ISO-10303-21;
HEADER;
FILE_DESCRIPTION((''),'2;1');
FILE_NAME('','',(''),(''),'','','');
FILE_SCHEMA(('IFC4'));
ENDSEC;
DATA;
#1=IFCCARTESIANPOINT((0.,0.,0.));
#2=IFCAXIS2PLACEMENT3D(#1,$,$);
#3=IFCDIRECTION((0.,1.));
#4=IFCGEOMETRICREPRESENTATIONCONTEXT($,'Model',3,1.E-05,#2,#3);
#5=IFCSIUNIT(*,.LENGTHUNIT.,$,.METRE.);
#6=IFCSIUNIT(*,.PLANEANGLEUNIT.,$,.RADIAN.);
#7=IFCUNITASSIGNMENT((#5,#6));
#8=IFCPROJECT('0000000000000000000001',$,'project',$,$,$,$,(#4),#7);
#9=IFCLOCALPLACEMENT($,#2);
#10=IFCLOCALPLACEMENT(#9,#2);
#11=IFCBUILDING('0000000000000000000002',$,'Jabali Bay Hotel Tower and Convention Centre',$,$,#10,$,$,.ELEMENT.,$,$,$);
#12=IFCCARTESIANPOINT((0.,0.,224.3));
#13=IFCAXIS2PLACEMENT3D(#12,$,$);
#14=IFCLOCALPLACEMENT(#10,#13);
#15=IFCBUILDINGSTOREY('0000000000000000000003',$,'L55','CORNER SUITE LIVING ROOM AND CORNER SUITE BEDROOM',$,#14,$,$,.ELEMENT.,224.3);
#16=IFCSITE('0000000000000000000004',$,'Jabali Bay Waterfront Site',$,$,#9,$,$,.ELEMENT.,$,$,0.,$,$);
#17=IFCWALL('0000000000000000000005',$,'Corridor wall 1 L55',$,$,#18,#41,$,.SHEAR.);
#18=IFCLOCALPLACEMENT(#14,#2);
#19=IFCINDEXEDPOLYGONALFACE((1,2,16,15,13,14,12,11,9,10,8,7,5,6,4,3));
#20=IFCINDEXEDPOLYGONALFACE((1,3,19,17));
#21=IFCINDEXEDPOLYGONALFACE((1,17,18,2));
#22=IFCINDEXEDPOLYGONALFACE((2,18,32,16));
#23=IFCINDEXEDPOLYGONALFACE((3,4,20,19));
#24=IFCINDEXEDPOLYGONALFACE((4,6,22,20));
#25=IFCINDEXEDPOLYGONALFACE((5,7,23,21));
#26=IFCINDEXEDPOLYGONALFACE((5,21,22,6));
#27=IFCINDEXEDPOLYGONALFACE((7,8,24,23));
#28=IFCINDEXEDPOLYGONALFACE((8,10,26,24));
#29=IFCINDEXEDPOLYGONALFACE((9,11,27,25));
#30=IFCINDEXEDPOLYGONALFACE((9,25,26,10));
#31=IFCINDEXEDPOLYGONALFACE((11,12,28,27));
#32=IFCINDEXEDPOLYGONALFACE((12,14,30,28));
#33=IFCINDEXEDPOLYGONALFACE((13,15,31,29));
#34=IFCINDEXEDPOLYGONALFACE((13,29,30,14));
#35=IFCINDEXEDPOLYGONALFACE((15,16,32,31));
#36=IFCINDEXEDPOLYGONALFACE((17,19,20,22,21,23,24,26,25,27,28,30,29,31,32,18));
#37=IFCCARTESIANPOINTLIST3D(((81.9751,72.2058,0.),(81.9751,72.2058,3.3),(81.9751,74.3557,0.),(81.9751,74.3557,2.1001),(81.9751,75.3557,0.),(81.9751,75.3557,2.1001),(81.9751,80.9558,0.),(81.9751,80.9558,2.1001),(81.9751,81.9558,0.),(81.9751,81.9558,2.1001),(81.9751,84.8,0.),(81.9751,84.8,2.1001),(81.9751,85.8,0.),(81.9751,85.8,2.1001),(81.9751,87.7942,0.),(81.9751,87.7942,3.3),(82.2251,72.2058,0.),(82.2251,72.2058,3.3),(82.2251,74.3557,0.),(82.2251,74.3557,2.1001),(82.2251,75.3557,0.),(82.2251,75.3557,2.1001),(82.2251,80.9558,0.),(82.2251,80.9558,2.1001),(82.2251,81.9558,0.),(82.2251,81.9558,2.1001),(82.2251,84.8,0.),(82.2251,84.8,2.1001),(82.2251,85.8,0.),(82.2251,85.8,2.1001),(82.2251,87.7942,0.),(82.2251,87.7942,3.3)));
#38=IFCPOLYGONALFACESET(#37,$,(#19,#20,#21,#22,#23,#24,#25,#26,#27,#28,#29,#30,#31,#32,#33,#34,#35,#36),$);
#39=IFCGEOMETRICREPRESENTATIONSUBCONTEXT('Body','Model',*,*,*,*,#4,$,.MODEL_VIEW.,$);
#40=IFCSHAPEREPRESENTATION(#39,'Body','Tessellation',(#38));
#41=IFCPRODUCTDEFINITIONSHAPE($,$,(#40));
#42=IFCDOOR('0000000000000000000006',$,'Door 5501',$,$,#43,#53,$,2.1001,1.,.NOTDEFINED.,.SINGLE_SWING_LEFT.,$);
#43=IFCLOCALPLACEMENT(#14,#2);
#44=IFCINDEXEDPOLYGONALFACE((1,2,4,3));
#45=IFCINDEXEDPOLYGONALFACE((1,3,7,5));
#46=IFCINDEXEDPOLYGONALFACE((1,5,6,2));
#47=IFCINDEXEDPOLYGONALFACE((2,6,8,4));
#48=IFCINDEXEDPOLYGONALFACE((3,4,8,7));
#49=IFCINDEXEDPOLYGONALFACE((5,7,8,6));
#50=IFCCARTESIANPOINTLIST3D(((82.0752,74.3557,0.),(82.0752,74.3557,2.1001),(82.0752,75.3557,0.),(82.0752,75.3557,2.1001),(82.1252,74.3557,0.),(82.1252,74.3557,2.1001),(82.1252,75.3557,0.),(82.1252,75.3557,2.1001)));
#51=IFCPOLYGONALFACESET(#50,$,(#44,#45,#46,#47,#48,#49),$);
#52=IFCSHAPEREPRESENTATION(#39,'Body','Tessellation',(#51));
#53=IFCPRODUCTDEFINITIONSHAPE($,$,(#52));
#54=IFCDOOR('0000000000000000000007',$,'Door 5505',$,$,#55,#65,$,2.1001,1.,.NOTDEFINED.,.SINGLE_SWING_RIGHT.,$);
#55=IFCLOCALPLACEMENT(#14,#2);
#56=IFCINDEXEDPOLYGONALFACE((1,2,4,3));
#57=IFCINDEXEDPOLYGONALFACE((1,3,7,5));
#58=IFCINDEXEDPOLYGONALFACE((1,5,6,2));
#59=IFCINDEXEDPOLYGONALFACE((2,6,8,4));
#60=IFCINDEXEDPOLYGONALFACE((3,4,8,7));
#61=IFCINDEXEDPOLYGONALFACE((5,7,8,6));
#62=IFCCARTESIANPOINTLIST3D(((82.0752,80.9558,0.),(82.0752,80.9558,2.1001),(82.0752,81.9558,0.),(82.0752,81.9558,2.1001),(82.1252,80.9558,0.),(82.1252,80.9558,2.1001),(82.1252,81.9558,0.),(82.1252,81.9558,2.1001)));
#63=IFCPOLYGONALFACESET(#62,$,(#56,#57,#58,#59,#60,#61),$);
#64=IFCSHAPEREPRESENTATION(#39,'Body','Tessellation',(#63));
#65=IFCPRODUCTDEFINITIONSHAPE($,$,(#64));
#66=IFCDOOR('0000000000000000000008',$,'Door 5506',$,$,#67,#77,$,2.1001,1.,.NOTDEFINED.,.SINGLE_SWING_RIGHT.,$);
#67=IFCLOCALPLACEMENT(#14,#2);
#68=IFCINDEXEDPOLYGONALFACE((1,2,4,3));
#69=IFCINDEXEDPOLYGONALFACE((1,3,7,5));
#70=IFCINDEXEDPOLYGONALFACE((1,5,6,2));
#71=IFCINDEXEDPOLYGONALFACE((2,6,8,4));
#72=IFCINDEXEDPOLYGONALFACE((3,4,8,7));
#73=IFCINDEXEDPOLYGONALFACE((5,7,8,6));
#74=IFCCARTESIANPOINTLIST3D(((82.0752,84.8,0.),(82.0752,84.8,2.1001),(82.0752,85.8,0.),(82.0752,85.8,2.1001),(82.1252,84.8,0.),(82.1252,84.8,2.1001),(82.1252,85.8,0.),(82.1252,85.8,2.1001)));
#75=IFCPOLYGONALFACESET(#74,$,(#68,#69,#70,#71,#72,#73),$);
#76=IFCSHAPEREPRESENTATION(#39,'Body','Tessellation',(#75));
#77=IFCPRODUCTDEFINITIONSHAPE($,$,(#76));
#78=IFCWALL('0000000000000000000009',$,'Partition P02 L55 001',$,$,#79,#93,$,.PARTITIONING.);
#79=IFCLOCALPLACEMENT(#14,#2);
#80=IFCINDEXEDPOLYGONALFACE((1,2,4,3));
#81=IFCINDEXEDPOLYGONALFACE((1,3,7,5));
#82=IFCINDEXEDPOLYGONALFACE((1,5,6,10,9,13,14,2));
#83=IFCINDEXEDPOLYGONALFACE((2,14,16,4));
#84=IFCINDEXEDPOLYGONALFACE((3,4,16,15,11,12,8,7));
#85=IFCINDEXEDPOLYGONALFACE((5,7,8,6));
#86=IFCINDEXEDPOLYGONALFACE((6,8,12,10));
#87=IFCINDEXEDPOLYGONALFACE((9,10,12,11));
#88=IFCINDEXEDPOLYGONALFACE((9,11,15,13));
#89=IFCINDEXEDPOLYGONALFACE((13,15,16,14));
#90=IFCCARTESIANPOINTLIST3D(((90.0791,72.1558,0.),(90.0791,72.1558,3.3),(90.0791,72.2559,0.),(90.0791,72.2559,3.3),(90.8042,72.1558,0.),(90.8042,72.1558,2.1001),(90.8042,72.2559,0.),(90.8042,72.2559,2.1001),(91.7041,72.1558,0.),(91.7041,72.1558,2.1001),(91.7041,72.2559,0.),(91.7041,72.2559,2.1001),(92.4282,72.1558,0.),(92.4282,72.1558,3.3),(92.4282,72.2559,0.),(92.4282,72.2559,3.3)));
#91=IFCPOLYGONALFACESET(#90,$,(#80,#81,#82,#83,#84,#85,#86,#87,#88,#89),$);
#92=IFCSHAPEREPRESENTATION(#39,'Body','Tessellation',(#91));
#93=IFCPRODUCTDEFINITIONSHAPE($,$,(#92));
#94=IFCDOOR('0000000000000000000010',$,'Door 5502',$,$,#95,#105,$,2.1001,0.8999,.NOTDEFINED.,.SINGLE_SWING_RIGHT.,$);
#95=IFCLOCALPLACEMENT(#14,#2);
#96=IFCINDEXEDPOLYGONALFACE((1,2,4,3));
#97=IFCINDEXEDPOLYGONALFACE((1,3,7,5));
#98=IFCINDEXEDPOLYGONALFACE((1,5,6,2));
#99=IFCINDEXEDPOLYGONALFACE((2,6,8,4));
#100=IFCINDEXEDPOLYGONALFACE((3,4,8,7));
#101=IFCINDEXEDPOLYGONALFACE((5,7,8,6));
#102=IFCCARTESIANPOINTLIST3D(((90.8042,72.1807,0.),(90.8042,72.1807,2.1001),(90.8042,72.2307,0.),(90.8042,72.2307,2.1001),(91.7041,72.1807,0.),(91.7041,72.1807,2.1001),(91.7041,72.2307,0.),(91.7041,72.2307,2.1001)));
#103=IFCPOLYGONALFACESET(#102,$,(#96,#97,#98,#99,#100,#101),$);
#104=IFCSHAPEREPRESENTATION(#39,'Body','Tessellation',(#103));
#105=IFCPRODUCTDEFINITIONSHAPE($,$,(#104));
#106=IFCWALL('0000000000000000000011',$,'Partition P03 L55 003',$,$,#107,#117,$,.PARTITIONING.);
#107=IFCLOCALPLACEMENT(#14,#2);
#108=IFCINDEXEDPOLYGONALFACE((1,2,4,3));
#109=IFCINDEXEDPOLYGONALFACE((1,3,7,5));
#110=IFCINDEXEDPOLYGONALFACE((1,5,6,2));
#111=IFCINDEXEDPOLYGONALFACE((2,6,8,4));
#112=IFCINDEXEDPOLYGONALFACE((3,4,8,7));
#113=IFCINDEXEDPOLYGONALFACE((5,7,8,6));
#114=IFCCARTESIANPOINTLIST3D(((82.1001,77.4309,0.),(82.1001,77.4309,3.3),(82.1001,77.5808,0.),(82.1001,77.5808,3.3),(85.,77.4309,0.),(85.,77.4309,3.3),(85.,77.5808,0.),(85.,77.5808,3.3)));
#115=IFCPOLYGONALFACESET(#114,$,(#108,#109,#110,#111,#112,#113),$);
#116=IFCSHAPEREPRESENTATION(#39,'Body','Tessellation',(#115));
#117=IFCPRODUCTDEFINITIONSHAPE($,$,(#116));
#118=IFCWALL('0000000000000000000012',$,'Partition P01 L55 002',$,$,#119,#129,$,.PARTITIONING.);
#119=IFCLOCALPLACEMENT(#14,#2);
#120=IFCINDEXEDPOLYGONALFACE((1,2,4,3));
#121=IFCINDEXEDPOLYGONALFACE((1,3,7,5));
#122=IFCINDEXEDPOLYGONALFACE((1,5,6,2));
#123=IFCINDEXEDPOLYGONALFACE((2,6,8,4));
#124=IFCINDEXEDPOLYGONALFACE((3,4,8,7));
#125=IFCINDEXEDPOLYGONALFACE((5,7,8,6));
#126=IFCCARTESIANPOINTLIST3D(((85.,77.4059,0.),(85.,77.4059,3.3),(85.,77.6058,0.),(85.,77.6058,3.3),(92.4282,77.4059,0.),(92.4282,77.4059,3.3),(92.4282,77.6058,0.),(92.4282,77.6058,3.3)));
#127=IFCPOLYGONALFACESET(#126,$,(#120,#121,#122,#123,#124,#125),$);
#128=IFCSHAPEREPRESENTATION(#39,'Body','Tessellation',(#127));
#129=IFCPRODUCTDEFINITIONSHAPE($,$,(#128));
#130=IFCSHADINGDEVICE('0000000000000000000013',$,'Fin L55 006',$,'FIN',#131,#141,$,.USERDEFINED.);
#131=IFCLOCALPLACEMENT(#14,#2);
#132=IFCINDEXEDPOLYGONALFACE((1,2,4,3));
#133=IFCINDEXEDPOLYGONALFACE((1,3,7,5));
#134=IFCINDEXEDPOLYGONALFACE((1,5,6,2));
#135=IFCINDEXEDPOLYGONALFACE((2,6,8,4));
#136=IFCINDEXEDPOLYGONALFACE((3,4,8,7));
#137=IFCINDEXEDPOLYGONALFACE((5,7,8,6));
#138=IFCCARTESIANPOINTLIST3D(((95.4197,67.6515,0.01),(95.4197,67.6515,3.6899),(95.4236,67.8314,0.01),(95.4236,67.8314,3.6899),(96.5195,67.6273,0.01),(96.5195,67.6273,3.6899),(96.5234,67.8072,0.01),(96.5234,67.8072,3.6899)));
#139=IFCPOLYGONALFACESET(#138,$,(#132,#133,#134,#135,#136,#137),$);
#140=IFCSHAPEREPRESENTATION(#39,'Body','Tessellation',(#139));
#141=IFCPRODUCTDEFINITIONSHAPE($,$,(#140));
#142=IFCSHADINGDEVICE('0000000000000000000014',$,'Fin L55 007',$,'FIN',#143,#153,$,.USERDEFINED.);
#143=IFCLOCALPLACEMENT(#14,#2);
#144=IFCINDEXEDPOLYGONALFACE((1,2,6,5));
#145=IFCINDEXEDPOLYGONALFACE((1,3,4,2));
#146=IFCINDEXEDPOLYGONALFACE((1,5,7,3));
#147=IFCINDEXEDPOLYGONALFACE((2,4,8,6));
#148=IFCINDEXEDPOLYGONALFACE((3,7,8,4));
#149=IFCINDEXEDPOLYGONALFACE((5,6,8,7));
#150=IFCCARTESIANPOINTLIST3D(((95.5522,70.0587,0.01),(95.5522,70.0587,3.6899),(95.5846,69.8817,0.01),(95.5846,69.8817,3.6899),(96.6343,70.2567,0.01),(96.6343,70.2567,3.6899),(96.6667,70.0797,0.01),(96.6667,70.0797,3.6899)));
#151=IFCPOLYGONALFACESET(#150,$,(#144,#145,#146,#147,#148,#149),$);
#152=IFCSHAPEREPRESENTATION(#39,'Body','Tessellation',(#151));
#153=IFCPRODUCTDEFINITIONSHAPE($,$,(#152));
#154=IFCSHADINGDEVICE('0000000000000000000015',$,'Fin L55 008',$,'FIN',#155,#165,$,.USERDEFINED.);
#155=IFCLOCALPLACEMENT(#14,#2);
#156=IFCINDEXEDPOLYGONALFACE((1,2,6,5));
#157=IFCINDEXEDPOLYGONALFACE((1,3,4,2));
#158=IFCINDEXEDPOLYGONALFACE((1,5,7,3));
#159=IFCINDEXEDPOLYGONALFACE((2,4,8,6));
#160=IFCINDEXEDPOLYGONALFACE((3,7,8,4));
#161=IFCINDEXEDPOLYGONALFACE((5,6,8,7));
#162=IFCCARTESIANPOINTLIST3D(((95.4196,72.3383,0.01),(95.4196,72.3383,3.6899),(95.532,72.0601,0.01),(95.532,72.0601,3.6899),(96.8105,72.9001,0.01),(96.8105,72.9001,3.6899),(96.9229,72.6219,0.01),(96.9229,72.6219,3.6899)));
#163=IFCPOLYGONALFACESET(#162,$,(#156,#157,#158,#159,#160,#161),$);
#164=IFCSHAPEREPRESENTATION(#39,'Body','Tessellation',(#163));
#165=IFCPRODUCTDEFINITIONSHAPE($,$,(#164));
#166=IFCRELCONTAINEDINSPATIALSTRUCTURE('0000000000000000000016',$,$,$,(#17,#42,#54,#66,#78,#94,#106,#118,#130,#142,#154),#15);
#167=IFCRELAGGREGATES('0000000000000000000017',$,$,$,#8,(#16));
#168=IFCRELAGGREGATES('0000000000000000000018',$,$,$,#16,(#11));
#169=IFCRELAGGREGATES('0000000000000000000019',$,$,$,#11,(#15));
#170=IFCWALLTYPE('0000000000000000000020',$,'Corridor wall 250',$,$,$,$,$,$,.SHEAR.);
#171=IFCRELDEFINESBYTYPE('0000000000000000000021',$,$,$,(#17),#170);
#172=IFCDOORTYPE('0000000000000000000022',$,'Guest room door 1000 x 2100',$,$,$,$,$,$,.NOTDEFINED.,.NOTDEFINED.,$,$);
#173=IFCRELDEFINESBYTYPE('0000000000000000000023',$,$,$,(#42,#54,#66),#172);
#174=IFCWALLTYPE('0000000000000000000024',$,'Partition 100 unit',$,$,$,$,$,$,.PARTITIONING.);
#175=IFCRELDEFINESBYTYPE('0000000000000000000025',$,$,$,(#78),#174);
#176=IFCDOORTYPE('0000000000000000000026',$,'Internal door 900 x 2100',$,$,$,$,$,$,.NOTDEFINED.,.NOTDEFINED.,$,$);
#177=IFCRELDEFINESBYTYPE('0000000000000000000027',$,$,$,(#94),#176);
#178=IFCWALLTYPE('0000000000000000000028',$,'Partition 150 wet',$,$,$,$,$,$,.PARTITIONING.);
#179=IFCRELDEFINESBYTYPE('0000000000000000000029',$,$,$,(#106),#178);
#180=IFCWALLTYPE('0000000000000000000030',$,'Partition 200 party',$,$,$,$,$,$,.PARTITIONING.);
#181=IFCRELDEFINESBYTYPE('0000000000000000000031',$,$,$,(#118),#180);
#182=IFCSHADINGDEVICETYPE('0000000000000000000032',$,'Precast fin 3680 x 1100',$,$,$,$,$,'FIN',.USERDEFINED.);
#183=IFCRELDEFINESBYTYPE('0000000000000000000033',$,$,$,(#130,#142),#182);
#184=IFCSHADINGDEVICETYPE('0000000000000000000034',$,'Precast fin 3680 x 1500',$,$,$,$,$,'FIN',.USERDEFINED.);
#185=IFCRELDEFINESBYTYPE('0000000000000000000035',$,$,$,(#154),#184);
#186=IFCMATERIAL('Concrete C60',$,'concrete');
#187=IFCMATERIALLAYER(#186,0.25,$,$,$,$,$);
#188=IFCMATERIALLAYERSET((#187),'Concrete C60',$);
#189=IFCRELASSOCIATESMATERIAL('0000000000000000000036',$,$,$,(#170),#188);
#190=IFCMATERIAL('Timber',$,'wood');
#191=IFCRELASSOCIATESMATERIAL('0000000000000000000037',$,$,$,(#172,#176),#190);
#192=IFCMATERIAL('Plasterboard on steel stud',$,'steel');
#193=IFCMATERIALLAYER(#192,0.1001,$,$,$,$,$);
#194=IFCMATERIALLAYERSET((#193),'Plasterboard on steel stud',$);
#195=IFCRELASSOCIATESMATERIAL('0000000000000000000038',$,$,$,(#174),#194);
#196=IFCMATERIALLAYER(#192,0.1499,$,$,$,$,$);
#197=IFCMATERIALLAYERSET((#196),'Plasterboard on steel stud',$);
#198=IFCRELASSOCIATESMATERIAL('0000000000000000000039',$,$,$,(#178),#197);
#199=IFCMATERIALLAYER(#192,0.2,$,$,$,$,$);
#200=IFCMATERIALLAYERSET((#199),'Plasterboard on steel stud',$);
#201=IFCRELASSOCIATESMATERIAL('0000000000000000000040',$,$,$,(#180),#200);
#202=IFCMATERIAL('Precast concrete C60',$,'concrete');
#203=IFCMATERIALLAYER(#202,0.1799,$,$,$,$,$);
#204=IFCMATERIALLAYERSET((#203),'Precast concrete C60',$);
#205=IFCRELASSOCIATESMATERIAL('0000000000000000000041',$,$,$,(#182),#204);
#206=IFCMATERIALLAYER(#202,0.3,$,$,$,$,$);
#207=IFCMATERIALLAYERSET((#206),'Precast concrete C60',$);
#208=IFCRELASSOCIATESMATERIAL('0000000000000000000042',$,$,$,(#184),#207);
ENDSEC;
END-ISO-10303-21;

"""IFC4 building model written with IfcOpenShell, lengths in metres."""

from ifc_helpers import new_model, si_unit, direction, frame, frame_2d, origin, place, context, subcontext, project, spatial, rectangle, extrude, material, layer, layer_set, type_object, element, fill, save


model = new_model("IFC4")

# Units and contexts
model_context = context("Model", 3, precision=1e-05, world=origin(), true_north=direction((0.0, 1.0)))
body_context = subcontext(model_context, "Body", "Model", "MODEL_VIEW")
ifc_project = project(units=[si_unit("LENGTHUNIT", "METRE"), si_unit("PLANEANGLEUNIT", "RADIAN")], contexts=[model_context])

# Site, building, storey
site_placement = place(None, origin())
site = spatial("IfcSite", under=ifc_project, at=site_placement, Name="Jabali Bay Waterfront Site", CompositionType="ELEMENT", RefElevation=0.0)
building_placement = place(site_placement, origin())
building = spatial("IfcBuilding", under=site, at=building_placement, Name="Jabali Bay Hotel Tower and Convention Centre", CompositionType="ELEMENT")
storey_placement = place(building_placement, frame((0.0, 0.0, 224.3)))
storey = spatial("IfcBuildingStorey", under=building, at=storey_placement, Name="L55", Description="CORNER SUITE LIVING ROOM AND CORNER SUITE BEDROOM", CompositionType="ELEMENT", Elevation=224.3)

# Shared definitions
ifc_material_1 = material(Name="Concrete C60", Category="concrete")

# Wall, openings, doors
ifc_layer_1 = layer(ifc_material_1, 0.25)
ifc_layer_set_1 = layer_set([ifc_layer_1], Name="Concrete C60")
wall_type_1 = type_object("IfcWallType", Name="Corridor wall 250", PredefinedType="SHEAR", material=ifc_layer_set_1)
wall_1_placement = place(storey_placement, frame((82.1001, 72.2058, 0.0), z_axis=(0.0, 0.0, 1.0), x_axis=(0.0, 1.0, 0.0)))
wall_1 = element("IfcWall", 1, at=wall_1_placement, inside=storey, type_object=wall_type_1, Name="Corridor wall 1 L55", PredefinedType="SHEAR", context=body_context, shape_type="SweptSolid", body=[
    extrude(rectangle(XDim=15.5884, YDim=0.25, at=frame_2d((7.7942, 0.0))), origin(), (0.0, 0.0, 1.0), 3.3),
])
opening_1_placement = place(wall_1_placement, frame((2.1499, 0.0, 0.0)))
opening_1 = element("IfcOpeningElement", 2, at=opening_1_placement, cuts=wall_1, PredefinedType="OPENING", context=body_context, shape_type="SweptSolid", body=[
    extrude(rectangle(XDim=1.0, YDim=2.1001, at=frame_2d((0.5, 1.05))), frame((0.0, 0.1355, 0.0), z_axis=(0.0, -1.0, 0.0), x_axis=(1.0, 0.0, 0.0)), (0.0, 0.0, 1.0), 0.271),
])
opening_2_placement = place(wall_1_placement, frame((8.75, 0.0, 0.0)))
opening_2 = element("IfcOpeningElement", 3, at=opening_2_placement, cuts=wall_1, PredefinedType="OPENING", context=body_context, shape_type="SweptSolid", body=[
    extrude(rectangle(XDim=1.0, YDim=2.1001, at=frame_2d((0.5, 1.05))), frame((0.0, 0.1355, 0.0), z_axis=(0.0, -1.0, 0.0), x_axis=(1.0, 0.0, 0.0)), (0.0, 0.0, 1.0), 0.271),
])
opening_3_placement = place(wall_1_placement, frame((12.5942, 0.0, 0.0)))
opening_3 = element("IfcOpeningElement", 4, at=opening_3_placement, cuts=wall_1, PredefinedType="OPENING", context=body_context, shape_type="SweptSolid", body=[
    extrude(rectangle(XDim=1.0, YDim=2.1001, at=frame_2d((0.5, 1.05))), frame((0.0, 0.1355, 0.0), z_axis=(0.0, -1.0, 0.0), x_axis=(1.0, 0.0, 0.0)), (0.0, 0.0, 1.0), 0.271),
])
ifc_material_2 = material(Name="Timber", Category="wood")
door_type_1 = type_object("IfcDoorType", Name="Guest room door 1000 x 2100", OperationType="NOTDEFINED", PredefinedType="NOTDEFINED", material=ifc_material_2)
door_1_placement = place(opening_1_placement, origin())
door_1 = element("IfcDoor", 5, at=door_1_placement, inside=storey, type_object=door_type_1, Name="Door 5501", OperationType="SINGLE_SWING_LEFT", OverallHeight=2.1001, OverallWidth=1.0, PredefinedType="NOTDEFINED", context=body_context, shape_type="SweptSolid", body=[
    extrude(rectangle(XDim=1.0, YDim=2.1001, at=frame_2d((0.5, 1.05))), frame((0.0, 0.0249, 0.0), z_axis=(0.0, -1.0, 0.0), x_axis=(1.0, 0.0, 0.0)), (0.0, 0.0, 1.0), 0.05),
])
fill(opening_1, door_1)
door_2_placement = place(opening_2_placement, origin())
door_2 = element("IfcDoor", 6, at=door_2_placement, inside=storey, type_object=door_type_1, Name="Door 5505", OperationType="SINGLE_SWING_RIGHT", OverallHeight=2.1001, OverallWidth=1.0, PredefinedType="NOTDEFINED", context=body_context, shape_type="SweptSolid", body=[
    extrude(rectangle(XDim=1.0, YDim=2.1001, at=frame_2d((0.5, 1.05))), frame((0.0, 0.0249, 0.0), z_axis=(0.0, -1.0, 0.0), x_axis=(1.0, 0.0, 0.0)), (0.0, 0.0, 1.0), 0.05),
])
fill(opening_2, door_2)
door_3_placement = place(opening_3_placement, origin())
door_3 = element("IfcDoor", 7, at=door_3_placement, inside=storey, type_object=door_type_1, Name="Door 5506", OperationType="SINGLE_SWING_RIGHT", OverallHeight=2.1001, OverallWidth=1.0, PredefinedType="NOTDEFINED", context=body_context, shape_type="SweptSolid", body=[
    extrude(rectangle(XDim=1.0, YDim=2.1001, at=frame_2d((0.5, 1.05))), frame((0.0, 0.0249, 0.0), z_axis=(0.0, -1.0, 0.0), x_axis=(1.0, 0.0, 0.0)), (0.0, 0.0, 1.0), 0.05),
])
fill(opening_3, door_3)

# Wall, opening, door
ifc_material_3 = material(Name="Plasterboard on steel stud", Category="steel")
ifc_layer_2 = layer(ifc_material_3, 0.1001)
ifc_layer_set_2 = layer_set([ifc_layer_2], Name="Plasterboard on steel stud")
wall_type_2 = type_object("IfcWallType", Name="Partition 100 unit", PredefinedType="PARTITIONING", material=ifc_layer_set_2)
wall_2_placement = place(storey_placement, frame((90.0791, 72.2058, 0.0), z_axis=(0.0, 0.0, 1.0), x_axis=(1.0, 0.0, 0.0)))
wall_2 = element("IfcWall", 8, at=wall_2_placement, inside=storey, type_object=wall_type_2, Name="Partition P02 L55 001", PredefinedType="PARTITIONING", context=body_context, shape_type="SweptSolid", body=[
    extrude(rectangle(XDim=2.3491, YDim=0.1001, at=frame_2d((1.1746, 0.0))), origin(), (0.0, 0.0, 1.0), 3.3),
])
opening_4_placement = place(wall_2_placement, frame((0.7251, 0.0, 0.0)))
opening_4 = element("IfcOpeningElement", 9, at=opening_4_placement, cuts=wall_2, PredefinedType="OPENING", context=body_context, shape_type="SweptSolid", body=[
    extrude(rectangle(XDim=0.8999, YDim=2.1001, at=frame_2d((0.45, 1.05))), frame((0.0, 0.0605, 0.0), z_axis=(0.0, -1.0, 0.0), x_axis=(1.0, 0.0, 0.0)), (0.0, 0.0, 1.0), 0.1211),
])
door_type_2 = type_object("IfcDoorType", Name="Internal door 900 x 2100", OperationType="NOTDEFINED", PredefinedType="NOTDEFINED", material=ifc_material_2)
door_4_placement = place(opening_4_placement, origin())
door_4 = element("IfcDoor", 10, at=door_4_placement, inside=storey, type_object=door_type_2, Name="Door 5502", OperationType="SINGLE_SWING_RIGHT", OverallHeight=2.1001, OverallWidth=0.8999, PredefinedType="NOTDEFINED", context=body_context, shape_type="SweptSolid", body=[
    extrude(rectangle(XDim=0.8999, YDim=2.1001, at=frame_2d((0.45, 1.05))), frame((0.0, 0.0249, 0.0), z_axis=(0.0, -1.0, 0.0), x_axis=(1.0, 0.0, 0.0)), (0.0, 0.0, 1.0), 0.05),
])
fill(opening_4, door_4)

# Walls
ifc_layer_3 = layer(ifc_material_3, 0.1499)
ifc_layer_set_3 = layer_set([ifc_layer_3], Name="Plasterboard on steel stud")
wall_type_3 = type_object("IfcWallType", Name="Partition 150 wet", PredefinedType="PARTITIONING", material=ifc_layer_set_3)
wall_3_placement = place(storey_placement, frame((85.0, 77.5059, 0.0), z_axis=(0.0, 0.0, 1.0), x_axis=(-1.0, 0.0, 0.0)))
element("IfcWall", 11, at=wall_3_placement, inside=storey, type_object=wall_type_3, Name="Partition P03 L55 003", PredefinedType="PARTITIONING", context=body_context, shape_type="SweptSolid", body=[
    extrude(rectangle(XDim=2.8999, YDim=0.1499, at=frame_2d((1.45, 0.0))), origin(), (0.0, 0.0, 1.0), 3.3),
])
ifc_layer_4 = layer(ifc_material_3, 0.2)
ifc_layer_set_4 = layer_set([ifc_layer_4], Name="Plasterboard on steel stud")
wall_type_4 = type_object("IfcWallType", Name="Partition 200 party", PredefinedType="PARTITIONING", material=ifc_layer_set_4)
wall_4_placement = place(storey_placement, frame((92.4282, 77.5059, 0.0), z_axis=(0.0, 0.0, 1.0), x_axis=(-1.0, 0.0, 0.0)))
element("IfcWall", 12, at=wall_4_placement, inside=storey, type_object=wall_type_4, Name="Partition P01 L55 002", PredefinedType="PARTITIONING", context=body_context, shape_type="SweptSolid", body=[
    extrude(rectangle(XDim=7.4282, YDim=0.2, at=frame_2d((3.7141, 0.0))), origin(), (0.0, 0.0, 1.0), 3.3),
])

# Shading devices
ifc_material_4 = material(Name="Precast concrete C60", Category="concrete")
ifc_layer_5 = layer(ifc_material_4, 0.1799)
ifc_layer_set_5 = layer_set([ifc_layer_5], Name="Precast concrete C60")
shading_device_type_1 = type_object("IfcShadingDeviceType", Name="Precast fin 3680 x 1100", ElementType="FIN", PredefinedType="USERDEFINED", material=ifc_layer_set_5)
for number, where, z_axis, x_axis, name in (
    (13, (95.4216, 67.7415, 0.01), (0.0, 0.0, 1.0), (0.999759, -0.02197, 0.0), "Fin L55 006"),
    (14, (95.5684, 69.9702, 0.01), (0.0, 0.0, 1.0), (0.983667, 0.179999, 0.0), "Fin L55 007"),
):
    element("IfcShadingDevice", number, at=place(storey_placement, frame(where, z_axis=z_axis, x_axis=x_axis)), inside=storey, type_object=shading_device_type_1, Name=name, ObjectType="FIN", PredefinedType="USERDEFINED", context=body_context, shape_type="SweptSolid", body=[
        extrude(rectangle(XDim=1.1001, YDim=0.1799, at=frame_2d((0.55, 0.0))), origin(), (0.0, 0.0, 1.0), 3.6799),
    ])
ifc_layer_6 = layer(ifc_material_4, 0.3)
ifc_layer_set_6 = layer_set([ifc_layer_6], Name="Precast concrete C60")
shading_device_type_2 = type_object("IfcShadingDeviceType", Name="Precast fin 3680 x 1500", ElementType="FIN", PredefinedType="USERDEFINED", material=ifc_layer_set_6)
shading_device_1_placement = place(storey_placement, frame((95.4758, 72.1992, 0.01), z_axis=(0.0, 0.0, 1.0), x_axis=(0.927226, 0.374503, 0.0)))
element("IfcShadingDevice", 15, at=shading_device_1_placement, inside=storey, type_object=shading_device_type_2, Name="Fin L55 008", ObjectType="FIN", PredefinedType="USERDEFINED", context=body_context, shape_type="SweptSolid", body=[
    extrude(rectangle(XDim=1.5, YDim=0.3, at=frame_2d((0.75, 0.0))), origin(), (0.0, 0.0, 1.0), 3.6799),
])

save(model, "model.ifc")
